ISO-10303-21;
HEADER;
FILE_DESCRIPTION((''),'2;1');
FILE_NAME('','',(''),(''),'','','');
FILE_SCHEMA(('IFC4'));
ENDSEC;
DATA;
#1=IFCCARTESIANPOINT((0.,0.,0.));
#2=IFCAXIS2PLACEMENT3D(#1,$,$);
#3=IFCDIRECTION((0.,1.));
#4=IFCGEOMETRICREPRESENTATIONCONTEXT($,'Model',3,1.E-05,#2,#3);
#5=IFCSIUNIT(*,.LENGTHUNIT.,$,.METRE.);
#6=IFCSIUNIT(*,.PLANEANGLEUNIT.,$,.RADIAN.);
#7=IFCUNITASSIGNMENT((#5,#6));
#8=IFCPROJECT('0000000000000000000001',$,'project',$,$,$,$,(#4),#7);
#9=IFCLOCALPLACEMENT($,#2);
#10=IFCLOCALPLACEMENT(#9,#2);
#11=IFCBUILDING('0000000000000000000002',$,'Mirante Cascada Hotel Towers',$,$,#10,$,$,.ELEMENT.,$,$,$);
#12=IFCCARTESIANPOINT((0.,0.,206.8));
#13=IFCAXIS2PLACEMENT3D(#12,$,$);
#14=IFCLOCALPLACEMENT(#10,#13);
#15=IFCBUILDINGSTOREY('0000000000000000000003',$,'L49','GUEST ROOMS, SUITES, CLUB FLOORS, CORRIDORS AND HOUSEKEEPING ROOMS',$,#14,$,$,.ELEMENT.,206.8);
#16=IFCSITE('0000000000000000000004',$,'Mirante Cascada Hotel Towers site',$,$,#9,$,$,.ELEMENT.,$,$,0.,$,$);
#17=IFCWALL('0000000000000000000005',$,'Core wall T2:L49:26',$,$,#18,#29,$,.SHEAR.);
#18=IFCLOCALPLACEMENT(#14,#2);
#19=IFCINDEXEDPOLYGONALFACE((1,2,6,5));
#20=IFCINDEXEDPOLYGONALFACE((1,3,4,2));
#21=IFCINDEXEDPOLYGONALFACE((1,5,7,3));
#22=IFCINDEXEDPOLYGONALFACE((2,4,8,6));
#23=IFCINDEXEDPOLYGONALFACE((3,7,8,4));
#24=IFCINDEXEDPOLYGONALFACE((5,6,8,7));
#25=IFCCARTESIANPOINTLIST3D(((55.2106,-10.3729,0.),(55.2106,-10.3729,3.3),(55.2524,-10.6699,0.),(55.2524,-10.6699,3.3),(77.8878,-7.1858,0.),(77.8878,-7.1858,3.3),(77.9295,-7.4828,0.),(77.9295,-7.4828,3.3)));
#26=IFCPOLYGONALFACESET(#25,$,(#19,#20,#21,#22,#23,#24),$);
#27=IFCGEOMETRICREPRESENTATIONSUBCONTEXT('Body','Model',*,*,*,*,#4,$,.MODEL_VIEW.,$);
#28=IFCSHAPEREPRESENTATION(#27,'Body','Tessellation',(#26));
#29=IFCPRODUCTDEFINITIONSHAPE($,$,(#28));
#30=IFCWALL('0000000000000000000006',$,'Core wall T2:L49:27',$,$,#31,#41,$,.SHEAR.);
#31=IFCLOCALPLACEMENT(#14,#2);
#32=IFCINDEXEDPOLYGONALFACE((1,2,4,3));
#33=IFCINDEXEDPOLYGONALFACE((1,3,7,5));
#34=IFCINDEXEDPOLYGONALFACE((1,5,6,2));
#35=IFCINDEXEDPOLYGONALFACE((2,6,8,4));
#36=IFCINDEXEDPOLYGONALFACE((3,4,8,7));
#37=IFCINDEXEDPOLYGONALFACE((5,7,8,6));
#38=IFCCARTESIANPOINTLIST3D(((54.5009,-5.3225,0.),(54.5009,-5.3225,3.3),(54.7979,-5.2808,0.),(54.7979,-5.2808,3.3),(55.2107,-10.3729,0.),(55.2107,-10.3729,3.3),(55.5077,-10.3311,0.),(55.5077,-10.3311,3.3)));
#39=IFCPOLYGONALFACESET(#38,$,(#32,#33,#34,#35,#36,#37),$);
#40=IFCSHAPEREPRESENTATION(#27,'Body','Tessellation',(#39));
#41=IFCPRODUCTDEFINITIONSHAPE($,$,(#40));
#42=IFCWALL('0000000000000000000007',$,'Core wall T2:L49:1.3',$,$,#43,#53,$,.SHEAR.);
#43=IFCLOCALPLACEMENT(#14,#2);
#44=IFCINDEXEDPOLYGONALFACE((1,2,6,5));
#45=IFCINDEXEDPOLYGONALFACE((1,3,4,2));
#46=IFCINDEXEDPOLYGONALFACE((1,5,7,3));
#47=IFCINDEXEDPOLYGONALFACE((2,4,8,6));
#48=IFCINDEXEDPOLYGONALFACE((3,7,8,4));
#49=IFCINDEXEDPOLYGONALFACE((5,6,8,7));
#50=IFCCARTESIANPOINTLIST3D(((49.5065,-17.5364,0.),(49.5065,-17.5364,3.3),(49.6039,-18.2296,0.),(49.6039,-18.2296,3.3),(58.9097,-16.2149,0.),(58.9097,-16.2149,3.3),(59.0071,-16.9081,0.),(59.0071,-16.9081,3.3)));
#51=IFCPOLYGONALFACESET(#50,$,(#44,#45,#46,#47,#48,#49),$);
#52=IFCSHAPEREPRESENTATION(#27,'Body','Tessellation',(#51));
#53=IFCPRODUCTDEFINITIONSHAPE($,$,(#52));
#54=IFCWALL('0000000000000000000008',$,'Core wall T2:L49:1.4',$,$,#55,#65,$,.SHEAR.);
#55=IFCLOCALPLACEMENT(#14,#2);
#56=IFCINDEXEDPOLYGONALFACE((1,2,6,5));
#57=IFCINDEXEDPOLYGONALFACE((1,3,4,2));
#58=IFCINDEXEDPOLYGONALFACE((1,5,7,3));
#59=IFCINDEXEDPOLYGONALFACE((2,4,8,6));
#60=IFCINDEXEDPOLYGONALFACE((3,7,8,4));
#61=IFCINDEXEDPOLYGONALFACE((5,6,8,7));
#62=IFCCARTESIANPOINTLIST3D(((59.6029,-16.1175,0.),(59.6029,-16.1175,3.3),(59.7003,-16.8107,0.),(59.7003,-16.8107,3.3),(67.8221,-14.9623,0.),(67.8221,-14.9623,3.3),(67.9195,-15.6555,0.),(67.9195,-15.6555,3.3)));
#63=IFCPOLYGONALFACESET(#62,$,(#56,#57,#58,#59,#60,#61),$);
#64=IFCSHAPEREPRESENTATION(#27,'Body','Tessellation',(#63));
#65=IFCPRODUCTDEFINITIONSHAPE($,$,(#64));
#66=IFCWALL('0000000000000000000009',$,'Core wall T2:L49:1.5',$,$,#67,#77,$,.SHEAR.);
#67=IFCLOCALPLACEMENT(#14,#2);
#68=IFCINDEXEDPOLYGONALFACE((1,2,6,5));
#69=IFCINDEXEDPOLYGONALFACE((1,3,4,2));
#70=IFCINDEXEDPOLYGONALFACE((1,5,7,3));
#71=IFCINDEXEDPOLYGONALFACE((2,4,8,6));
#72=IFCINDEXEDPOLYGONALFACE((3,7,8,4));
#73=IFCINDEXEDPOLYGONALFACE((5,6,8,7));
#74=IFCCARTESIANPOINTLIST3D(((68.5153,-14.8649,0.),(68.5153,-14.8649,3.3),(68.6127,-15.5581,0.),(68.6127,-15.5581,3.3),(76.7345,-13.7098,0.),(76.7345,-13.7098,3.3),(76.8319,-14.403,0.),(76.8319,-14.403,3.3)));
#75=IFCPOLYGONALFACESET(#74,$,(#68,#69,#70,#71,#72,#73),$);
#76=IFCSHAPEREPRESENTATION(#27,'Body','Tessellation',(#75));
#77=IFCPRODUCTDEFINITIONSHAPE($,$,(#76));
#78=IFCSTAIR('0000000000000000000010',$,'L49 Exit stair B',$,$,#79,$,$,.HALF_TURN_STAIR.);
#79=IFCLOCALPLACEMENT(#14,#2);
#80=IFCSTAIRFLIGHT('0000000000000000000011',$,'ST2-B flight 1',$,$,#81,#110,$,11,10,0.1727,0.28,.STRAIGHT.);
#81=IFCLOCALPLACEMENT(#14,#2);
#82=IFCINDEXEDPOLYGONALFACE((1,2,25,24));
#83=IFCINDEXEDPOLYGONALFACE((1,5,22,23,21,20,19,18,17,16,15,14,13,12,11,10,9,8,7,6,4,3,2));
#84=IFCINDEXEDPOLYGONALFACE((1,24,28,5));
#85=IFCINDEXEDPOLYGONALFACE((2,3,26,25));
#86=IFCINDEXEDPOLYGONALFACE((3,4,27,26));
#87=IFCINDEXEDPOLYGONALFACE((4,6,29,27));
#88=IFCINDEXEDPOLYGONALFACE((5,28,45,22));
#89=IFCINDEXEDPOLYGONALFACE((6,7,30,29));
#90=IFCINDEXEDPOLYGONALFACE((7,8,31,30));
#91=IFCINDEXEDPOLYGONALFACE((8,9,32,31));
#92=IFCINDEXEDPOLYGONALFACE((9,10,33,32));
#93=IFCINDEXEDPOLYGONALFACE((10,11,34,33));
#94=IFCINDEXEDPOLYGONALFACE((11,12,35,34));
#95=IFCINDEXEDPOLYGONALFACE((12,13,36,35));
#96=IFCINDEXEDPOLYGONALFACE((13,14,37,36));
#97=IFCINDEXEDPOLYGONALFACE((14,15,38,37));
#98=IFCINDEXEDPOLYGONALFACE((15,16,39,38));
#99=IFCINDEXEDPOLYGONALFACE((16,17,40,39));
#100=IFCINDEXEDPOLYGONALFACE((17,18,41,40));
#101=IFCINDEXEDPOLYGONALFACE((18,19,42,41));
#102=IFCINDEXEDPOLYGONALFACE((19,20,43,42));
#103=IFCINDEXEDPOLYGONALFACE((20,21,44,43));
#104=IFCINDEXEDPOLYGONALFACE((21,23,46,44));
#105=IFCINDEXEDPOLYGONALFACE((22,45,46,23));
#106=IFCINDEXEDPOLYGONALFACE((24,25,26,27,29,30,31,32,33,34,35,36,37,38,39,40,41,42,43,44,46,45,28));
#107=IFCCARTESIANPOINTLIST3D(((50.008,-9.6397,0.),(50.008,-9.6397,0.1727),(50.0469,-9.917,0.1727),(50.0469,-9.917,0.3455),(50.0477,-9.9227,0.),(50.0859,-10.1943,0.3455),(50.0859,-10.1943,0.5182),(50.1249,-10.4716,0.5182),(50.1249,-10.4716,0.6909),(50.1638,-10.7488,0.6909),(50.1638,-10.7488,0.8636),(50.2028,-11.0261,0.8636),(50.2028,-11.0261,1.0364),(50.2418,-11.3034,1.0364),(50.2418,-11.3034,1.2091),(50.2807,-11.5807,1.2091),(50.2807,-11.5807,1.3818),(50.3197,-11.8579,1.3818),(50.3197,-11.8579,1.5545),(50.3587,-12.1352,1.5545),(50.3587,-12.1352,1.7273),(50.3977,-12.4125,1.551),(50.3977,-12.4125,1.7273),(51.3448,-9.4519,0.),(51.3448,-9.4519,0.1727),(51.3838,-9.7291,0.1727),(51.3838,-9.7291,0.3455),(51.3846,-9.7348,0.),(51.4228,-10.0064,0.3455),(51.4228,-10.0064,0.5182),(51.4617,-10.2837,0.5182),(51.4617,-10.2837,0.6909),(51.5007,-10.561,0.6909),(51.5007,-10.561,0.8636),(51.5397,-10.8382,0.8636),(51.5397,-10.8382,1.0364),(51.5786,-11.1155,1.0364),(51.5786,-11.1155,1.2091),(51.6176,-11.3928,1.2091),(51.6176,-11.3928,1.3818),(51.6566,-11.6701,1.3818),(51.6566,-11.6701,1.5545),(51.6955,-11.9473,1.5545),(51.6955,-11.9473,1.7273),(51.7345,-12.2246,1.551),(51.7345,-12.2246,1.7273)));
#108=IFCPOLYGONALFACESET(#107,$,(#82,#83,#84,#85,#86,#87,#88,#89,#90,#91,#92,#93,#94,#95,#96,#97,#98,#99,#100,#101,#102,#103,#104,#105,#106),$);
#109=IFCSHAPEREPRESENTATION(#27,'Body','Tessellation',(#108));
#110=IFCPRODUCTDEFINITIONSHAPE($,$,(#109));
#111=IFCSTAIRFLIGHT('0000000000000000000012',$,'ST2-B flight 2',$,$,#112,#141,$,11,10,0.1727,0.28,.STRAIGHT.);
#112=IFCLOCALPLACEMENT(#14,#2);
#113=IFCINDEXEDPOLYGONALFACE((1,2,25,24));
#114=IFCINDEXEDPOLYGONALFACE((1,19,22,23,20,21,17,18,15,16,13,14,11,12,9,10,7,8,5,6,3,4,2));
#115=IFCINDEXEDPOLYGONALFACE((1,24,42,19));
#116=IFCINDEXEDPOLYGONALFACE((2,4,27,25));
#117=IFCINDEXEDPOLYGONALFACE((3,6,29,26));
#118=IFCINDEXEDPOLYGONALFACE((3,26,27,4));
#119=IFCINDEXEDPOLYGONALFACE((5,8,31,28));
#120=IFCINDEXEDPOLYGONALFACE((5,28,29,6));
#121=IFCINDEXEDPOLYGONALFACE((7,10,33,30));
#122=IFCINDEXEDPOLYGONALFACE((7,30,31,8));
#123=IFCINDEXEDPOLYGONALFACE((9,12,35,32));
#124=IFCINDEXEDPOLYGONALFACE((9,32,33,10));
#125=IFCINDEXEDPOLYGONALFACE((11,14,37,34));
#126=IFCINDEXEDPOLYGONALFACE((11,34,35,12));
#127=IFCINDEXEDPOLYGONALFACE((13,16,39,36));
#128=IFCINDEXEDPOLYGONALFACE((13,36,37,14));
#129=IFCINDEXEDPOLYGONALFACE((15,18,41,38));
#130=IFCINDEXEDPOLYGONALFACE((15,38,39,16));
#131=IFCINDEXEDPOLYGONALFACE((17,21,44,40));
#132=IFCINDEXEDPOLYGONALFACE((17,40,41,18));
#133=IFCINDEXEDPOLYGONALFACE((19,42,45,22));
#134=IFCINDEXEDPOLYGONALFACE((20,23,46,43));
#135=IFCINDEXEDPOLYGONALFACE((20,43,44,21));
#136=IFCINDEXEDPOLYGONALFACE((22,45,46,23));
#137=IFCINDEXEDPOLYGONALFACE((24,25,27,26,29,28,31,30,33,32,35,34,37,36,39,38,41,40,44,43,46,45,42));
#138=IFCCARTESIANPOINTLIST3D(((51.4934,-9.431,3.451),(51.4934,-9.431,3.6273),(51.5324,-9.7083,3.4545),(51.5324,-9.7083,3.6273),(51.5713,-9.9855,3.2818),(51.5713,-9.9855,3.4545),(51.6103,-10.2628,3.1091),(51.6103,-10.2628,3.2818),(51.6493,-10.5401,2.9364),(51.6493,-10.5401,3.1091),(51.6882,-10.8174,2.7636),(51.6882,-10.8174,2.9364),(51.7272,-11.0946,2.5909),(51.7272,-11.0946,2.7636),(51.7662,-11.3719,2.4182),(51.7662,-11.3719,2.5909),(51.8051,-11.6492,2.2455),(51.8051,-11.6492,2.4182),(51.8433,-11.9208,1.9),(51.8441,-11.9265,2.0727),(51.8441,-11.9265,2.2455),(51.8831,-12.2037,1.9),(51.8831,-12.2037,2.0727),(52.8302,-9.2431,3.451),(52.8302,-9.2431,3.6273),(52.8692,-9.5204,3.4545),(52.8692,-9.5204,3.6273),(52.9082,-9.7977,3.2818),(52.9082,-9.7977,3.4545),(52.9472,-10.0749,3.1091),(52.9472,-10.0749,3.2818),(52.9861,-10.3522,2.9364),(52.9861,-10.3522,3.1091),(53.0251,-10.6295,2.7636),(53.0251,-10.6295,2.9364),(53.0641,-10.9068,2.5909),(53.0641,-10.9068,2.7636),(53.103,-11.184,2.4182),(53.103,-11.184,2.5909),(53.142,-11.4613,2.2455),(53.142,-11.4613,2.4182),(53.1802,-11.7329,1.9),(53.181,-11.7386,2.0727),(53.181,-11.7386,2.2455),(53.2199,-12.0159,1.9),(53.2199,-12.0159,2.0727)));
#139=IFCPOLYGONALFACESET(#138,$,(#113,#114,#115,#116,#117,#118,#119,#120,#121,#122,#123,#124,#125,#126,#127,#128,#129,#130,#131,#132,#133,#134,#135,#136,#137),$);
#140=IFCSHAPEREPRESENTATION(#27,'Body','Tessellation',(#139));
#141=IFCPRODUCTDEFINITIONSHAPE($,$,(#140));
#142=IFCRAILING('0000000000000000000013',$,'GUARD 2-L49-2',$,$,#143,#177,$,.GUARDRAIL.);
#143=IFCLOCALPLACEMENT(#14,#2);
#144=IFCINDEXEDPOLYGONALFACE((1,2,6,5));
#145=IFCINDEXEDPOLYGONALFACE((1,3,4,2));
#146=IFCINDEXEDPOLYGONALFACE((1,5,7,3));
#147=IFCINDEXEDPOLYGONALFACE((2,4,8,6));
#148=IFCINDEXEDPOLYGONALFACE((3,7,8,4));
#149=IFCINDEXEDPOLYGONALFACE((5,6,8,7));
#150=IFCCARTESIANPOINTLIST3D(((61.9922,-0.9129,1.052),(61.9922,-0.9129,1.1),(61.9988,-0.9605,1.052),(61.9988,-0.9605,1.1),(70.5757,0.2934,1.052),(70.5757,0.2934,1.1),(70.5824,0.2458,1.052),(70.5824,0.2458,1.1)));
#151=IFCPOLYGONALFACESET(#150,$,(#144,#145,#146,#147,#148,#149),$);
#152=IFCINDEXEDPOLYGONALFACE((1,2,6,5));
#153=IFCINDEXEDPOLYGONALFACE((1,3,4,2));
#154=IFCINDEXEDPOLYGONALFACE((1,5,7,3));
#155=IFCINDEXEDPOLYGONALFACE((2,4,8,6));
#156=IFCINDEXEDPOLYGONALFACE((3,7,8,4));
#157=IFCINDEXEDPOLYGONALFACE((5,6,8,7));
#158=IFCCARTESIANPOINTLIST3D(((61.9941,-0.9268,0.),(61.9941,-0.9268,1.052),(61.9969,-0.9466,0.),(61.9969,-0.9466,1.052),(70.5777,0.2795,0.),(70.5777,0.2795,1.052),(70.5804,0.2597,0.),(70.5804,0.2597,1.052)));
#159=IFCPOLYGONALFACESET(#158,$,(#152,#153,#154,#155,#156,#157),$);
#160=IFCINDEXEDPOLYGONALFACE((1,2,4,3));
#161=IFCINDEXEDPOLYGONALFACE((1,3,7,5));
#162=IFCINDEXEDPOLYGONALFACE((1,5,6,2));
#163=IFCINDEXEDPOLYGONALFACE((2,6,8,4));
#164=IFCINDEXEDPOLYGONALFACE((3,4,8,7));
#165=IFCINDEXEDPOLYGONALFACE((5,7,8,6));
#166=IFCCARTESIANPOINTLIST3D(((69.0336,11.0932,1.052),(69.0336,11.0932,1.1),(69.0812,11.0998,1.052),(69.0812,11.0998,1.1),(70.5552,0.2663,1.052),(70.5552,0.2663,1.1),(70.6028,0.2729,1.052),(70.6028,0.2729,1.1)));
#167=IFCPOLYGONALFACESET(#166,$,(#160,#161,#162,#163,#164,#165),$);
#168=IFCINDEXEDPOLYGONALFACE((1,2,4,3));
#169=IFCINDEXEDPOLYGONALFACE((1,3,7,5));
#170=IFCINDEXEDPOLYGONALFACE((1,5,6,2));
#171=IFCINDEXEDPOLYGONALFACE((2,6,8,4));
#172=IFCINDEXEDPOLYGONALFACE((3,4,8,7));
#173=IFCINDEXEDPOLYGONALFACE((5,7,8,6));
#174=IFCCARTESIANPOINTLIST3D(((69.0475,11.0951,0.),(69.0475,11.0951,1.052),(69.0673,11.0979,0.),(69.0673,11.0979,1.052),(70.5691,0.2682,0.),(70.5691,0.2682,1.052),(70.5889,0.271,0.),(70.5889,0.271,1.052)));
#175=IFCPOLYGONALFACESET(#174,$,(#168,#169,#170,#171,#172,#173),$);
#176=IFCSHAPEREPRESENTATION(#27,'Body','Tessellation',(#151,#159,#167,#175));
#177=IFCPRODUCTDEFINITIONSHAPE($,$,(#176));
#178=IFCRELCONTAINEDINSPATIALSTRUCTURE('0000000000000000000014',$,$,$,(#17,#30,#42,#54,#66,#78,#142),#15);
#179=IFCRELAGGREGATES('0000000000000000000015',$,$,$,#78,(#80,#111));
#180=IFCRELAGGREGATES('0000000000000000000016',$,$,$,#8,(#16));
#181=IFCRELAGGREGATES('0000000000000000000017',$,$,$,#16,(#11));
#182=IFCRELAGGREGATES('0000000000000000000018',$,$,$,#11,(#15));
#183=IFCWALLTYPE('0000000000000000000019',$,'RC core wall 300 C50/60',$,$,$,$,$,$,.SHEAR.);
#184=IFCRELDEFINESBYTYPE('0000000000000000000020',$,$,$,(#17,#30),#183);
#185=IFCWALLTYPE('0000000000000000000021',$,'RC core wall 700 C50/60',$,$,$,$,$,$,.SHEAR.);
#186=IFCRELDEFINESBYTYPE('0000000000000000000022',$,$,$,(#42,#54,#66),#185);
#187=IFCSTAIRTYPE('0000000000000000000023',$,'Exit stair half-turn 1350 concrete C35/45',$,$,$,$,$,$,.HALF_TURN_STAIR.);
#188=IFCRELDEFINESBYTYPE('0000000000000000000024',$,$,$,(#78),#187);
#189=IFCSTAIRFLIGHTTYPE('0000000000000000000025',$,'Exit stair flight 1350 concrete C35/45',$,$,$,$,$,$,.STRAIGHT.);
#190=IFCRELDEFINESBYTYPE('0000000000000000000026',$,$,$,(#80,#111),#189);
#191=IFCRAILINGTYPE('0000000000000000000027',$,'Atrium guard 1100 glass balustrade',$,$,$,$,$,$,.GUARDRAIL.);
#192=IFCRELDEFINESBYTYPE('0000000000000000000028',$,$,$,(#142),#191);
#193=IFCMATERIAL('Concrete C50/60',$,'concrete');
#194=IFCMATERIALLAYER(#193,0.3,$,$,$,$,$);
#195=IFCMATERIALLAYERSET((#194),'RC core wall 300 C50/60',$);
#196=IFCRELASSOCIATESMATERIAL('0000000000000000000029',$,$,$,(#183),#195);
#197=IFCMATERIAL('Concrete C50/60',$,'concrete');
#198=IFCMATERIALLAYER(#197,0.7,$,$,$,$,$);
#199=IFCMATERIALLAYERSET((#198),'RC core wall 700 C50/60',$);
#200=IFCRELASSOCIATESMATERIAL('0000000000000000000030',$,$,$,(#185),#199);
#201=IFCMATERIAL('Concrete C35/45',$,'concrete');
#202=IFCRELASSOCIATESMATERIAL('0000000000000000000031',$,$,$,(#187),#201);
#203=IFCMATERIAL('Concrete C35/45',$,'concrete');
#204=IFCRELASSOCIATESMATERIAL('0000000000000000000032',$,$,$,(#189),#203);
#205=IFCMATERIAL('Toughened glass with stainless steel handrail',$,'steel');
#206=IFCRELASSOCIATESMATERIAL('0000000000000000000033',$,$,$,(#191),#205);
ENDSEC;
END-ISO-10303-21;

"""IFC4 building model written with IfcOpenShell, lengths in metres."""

from ifc_helpers import new_model, si_unit, direction, frame, frame_2d, origin, origin_2d, place, context, subcontext, project, spatial, polyline, rectangle, outline, extrude, material, layer, layer_set, type_object, element, aggregate, save


model = new_model("IFC4")

# Units and contexts
model_context = context("Model", 3, precision=1e-05, world=origin(), true_north=direction((0.0, 1.0)))
body_context = subcontext(model_context, "Body", "Model", "MODEL_VIEW")
ifc_project = project(units=[si_unit("LENGTHUNIT", "METRE"), si_unit("PLANEANGLEUNIT", "RADIAN")], contexts=[model_context])

# Site, building, storey
site_placement = place(None, origin())
site = spatial("IfcSite", under=ifc_project, at=site_placement, Name="Mirante Cascada Hotel Towers site", CompositionType="ELEMENT", RefElevation=0.0)
building_placement = place(site_placement, origin())
building = spatial("IfcBuilding", under=site, at=building_placement, Name="Mirante Cascada Hotel Towers", CompositionType="ELEMENT")
storey_placement = place(building_placement, frame((0.0, 0.0, 206.8)))
storey = spatial("IfcBuildingStorey", under=building, at=storey_placement, Name="L49", Description="GUEST ROOMS, SUITES, CLUB FLOORS, CORRIDORS AND HOUSEKEEPING ROOMS", CompositionType="ELEMENT", Elevation=206.8)

# Shared definitions
ifc_material_1 = material(Name="Concrete C50/60", Category="concrete")
ifc_layer_1 = layer(ifc_material_1, 0.3)
ifc_layer_set_1 = layer_set([ifc_layer_1], Name="RC core wall 300 C50/60")
wall_type_1 = type_object("IfcWallType", Name="RC core wall 300 C50/60", PredefinedType="SHEAR", material=ifc_layer_set_1)

# Walls
wall_1_placement = place(storey_placement, frame((55.2315, -10.5214, 0.0), z_axis=(0.0, 0.0, 1.0), x_axis=(0.990268, 0.139175, 0.0)))
element("IfcWall", 1, at=wall_1_placement, inside=storey, type_object=wall_type_1, Name="Core wall T2:L49:26", PredefinedType="SHEAR", context=body_context, shape_type="SweptSolid", body=[
    extrude(rectangle(XDim=22.9, YDim=0.3, at=frame_2d((11.45, 0.0))), origin(), (0.0, 0.0, 1.0), 3.3),
])
wall_2_placement = place(storey_placement, frame((55.3592, -10.352, 0.0), z_axis=(0.0, 0.0, 1.0), x_axis=(-0.139176, 0.990268, 0.0)))
element("IfcWall", 2, at=wall_2_placement, inside=storey, type_object=wall_type_1, Name="Core wall T2:L49:27", PredefinedType="SHEAR", context=body_context, shape_type="SweptSolid", body=[
    extrude(rectangle(XDim=5.1, YDim=0.3, at=frame_2d((2.55, 0.0))), origin(), (0.0, 0.0, 1.0), 3.3),
])
ifc_material_2 = material(Name="Concrete C50/60", Category="concrete")
ifc_layer_2 = layer(ifc_material_2, 0.7)
ifc_layer_set_2 = layer_set([ifc_layer_2], Name="RC core wall 700 C50/60")
wall_type_2 = type_object("IfcWallType", Name="RC core wall 700 C50/60", PredefinedType="SHEAR", material=ifc_layer_set_2)
wall_3_placement = place(storey_placement, frame((49.5552, -17.883, 0.0), z_axis=(0.0, 0.0, 1.0), x_axis=(0.990269, 0.13917, 0.0)))
element("IfcWall", 3, at=wall_3_placement, inside=storey, type_object=wall_type_2, Name="Core wall T2:L49:1.3", PredefinedType="SHEAR", context=body_context, shape_type="SweptSolid", body=[
    extrude(rectangle(XDim=9.4956, YDim=0.7, at=frame_2d((4.7478, 0.0))), origin(), (0.0, 0.0, 1.0), 3.3),
])
for number, where, z_axis, x_axis, name in (
    (4, (59.6516, -16.4641, 0.0), (0.0, 0.0, 1.0), (0.990267, 0.139181, 0.0), "Core wall T2:L49:1.4"),
    (5, (68.564, -15.2115, 0.0), (0.0, 0.0, 1.0), (0.990269, 0.139169, 0.0), "Core wall T2:L49:1.5"),
):
    element("IfcWall", number, at=place(storey_placement, frame(where, z_axis=z_axis, x_axis=x_axis)), inside=storey, type_object=wall_type_2, Name=name, PredefinedType="SHEAR", context=body_context, shape_type="SweptSolid", body=[
        extrude(rectangle(XDim=8.3, YDim=0.7, at=frame_2d((4.15, 0.0))), origin(), (0.0, 0.0, 1.0), 3.3),
    ])

# Stair, stair flights
ifc_material_3 = material(Name="Concrete C35/45", Category="concrete")
stair_type = type_object("IfcStairType", Name="Exit stair half-turn 1350 concrete C35/45", PredefinedType="HALF_TURN_STAIR", material=ifc_material_3)
stair_placement = place(storey_placement, origin())
stair = element("IfcStair", 6, at=stair_placement, inside=storey, type_object=stair_type, Name="L49 Exit stair B", PredefinedType="HALF_TURN_STAIR")
ifc_material_4 = material(Name="Concrete C35/45", Category="concrete")
stair_flight_type = type_object("IfcStairFlightType", Name="Exit stair flight 1350 concrete C35/45", PredefinedType="STRAIGHT", material=ifc_material_4)
stair_flight_1_placement = place(storey_placement, frame((50.6764, -9.5458, 0.0), z_axis=(0.0, 0.0, 1.0), x_axis=(0.139173, -0.990268, 0.0)))
stair_flight_1 = element("IfcStairFlight", 7, at=stair_flight_1_placement, type_object=stair_flight_type, Name="ST2-B flight 1", NumberOfRisers=11, NumberOfTreads=10, PredefinedType="STRAIGHT", RiserHeight=0.1727, TreadLength=0.28, context=body_context, shape_type="SweptSolid", body=[
    extrude(outline(polyline([(0.0, 0.0), (0.0, 0.1727), (0.28, 0.1727), (0.28, 0.3455), (0.56, 0.3455), (0.56, 0.5182), (0.84, 0.5182), (0.84, 0.6909), (1.12, 0.6909), (1.12, 0.8636), (1.4, 0.8636), (1.4, 1.0364), (1.68, 1.0364), (1.68, 1.2091), (1.96, 1.2091), (1.96, 1.3818), (2.24, 1.3818), (2.24, 1.5545), (2.52, 1.5545), (2.52, 1.7273), (2.8, 1.7273), (2.8, 1.9), (2.8, 1.551), (0.2857, 0.0), (0.0, 0.0)])), frame((0.0, 0.675, 0.0), z_axis=(0.0, -1.0, 0.0), x_axis=(1.0, 0.0, 0.0)), (0.0, 0.0, 1.0), 1.35),
])
stair_flight_2_placement = place(storey_placement, frame((52.5515, -12.1098, 1.9), z_axis=(0.0, 0.0, 1.0), x_axis=(-0.139173, 0.990268, 0.0)))
stair_flight_2 = element("IfcStairFlight", 8, at=stair_flight_2_placement, type_object=stair_flight_type, Name="ST2-B flight 2", NumberOfRisers=11, NumberOfTreads=10, PredefinedType="STRAIGHT", RiserHeight=0.1727, TreadLength=0.28, context=body_context, shape_type="SweptSolid", body=[
    extrude(outline(polyline([(0.0, 0.0), (0.0, 0.1727), (0.28, 0.1727), (0.28, 0.3455), (0.56, 0.3455), (0.56, 0.5182), (0.84, 0.5182), (0.84, 0.6909), (1.12, 0.6909), (1.12, 0.8636), (1.4, 0.8636), (1.4, 1.0364), (1.68, 1.0364), (1.68, 1.2091), (1.96, 1.2091), (1.96, 1.3818), (2.24, 1.3818), (2.24, 1.5545), (2.52, 1.5545), (2.52, 1.7273), (2.8, 1.7273), (2.8, 1.9), (2.8, 1.551), (0.2857, 0.0), (0.0, 0.0)])), frame((0.0, 0.675, 0.0), z_axis=(0.0, -1.0, 0.0), x_axis=(1.0, 0.0, 0.0)), (0.0, 0.0, 1.0), 1.35),
])
aggregate(stair, [stair_flight_1, stair_flight_2])

# Railing
ifc_material_5 = material(Name="Toughened glass with stainless steel handrail", Category="steel")
railing_type_1 = type_object("IfcRailingType", Name="Atrium guard 1100 glass balustrade", PredefinedType="GUARDRAIL", material=ifc_material_5)
railing_1_placement = place(storey_placement, frame((61.9955, -0.9367, 0.0)))
element("IfcRailing", 9, at=railing_1_placement, inside=storey, type_object=railing_type_1, Name="GUARD 2-L49-2", PredefinedType="GUARDRAIL", context=body_context, shape_type="SweptSolid", body=[
    extrude(rectangle(XDim=0.048, YDim=0.048, at=origin_2d()), frame((0.0, 0.0, 1.076), z_axis=(0.990269, 0.13917, 0.0), x_axis=(-0.13917, 0.990269, 0.0)), (0.0, 0.0, 1.0), 8.6679),
    extrude(rectangle(XDim=0.02, YDim=1.052, at=origin_2d()), frame((0.0, 0.0, 0.526), z_axis=(0.990269, 0.13917, 0.0), x_axis=(-0.13917, 0.990269, 0.0)), (0.0, 0.0, 1.0), 8.6679),
    extrude(rectangle(XDim=0.048, YDim=0.048, at=origin_2d()), frame((8.5835, 1.2063, 1.076), z_axis=(-0.139171, 0.990268, 0.0), x_axis=(-0.990268, -0.139171, 0.0)), (0.0, 0.0, 1.0), 10.9333),
    extrude(rectangle(XDim=0.02, YDim=1.052, at=origin_2d()), frame((8.5835, 1.2063, 0.526), z_axis=(-0.139171, 0.990268, 0.0), x_axis=(-0.990268, -0.139171, 0.0)), (0.0, 0.0, 1.0), 10.9333),
])

save(model, "model.ifc")
